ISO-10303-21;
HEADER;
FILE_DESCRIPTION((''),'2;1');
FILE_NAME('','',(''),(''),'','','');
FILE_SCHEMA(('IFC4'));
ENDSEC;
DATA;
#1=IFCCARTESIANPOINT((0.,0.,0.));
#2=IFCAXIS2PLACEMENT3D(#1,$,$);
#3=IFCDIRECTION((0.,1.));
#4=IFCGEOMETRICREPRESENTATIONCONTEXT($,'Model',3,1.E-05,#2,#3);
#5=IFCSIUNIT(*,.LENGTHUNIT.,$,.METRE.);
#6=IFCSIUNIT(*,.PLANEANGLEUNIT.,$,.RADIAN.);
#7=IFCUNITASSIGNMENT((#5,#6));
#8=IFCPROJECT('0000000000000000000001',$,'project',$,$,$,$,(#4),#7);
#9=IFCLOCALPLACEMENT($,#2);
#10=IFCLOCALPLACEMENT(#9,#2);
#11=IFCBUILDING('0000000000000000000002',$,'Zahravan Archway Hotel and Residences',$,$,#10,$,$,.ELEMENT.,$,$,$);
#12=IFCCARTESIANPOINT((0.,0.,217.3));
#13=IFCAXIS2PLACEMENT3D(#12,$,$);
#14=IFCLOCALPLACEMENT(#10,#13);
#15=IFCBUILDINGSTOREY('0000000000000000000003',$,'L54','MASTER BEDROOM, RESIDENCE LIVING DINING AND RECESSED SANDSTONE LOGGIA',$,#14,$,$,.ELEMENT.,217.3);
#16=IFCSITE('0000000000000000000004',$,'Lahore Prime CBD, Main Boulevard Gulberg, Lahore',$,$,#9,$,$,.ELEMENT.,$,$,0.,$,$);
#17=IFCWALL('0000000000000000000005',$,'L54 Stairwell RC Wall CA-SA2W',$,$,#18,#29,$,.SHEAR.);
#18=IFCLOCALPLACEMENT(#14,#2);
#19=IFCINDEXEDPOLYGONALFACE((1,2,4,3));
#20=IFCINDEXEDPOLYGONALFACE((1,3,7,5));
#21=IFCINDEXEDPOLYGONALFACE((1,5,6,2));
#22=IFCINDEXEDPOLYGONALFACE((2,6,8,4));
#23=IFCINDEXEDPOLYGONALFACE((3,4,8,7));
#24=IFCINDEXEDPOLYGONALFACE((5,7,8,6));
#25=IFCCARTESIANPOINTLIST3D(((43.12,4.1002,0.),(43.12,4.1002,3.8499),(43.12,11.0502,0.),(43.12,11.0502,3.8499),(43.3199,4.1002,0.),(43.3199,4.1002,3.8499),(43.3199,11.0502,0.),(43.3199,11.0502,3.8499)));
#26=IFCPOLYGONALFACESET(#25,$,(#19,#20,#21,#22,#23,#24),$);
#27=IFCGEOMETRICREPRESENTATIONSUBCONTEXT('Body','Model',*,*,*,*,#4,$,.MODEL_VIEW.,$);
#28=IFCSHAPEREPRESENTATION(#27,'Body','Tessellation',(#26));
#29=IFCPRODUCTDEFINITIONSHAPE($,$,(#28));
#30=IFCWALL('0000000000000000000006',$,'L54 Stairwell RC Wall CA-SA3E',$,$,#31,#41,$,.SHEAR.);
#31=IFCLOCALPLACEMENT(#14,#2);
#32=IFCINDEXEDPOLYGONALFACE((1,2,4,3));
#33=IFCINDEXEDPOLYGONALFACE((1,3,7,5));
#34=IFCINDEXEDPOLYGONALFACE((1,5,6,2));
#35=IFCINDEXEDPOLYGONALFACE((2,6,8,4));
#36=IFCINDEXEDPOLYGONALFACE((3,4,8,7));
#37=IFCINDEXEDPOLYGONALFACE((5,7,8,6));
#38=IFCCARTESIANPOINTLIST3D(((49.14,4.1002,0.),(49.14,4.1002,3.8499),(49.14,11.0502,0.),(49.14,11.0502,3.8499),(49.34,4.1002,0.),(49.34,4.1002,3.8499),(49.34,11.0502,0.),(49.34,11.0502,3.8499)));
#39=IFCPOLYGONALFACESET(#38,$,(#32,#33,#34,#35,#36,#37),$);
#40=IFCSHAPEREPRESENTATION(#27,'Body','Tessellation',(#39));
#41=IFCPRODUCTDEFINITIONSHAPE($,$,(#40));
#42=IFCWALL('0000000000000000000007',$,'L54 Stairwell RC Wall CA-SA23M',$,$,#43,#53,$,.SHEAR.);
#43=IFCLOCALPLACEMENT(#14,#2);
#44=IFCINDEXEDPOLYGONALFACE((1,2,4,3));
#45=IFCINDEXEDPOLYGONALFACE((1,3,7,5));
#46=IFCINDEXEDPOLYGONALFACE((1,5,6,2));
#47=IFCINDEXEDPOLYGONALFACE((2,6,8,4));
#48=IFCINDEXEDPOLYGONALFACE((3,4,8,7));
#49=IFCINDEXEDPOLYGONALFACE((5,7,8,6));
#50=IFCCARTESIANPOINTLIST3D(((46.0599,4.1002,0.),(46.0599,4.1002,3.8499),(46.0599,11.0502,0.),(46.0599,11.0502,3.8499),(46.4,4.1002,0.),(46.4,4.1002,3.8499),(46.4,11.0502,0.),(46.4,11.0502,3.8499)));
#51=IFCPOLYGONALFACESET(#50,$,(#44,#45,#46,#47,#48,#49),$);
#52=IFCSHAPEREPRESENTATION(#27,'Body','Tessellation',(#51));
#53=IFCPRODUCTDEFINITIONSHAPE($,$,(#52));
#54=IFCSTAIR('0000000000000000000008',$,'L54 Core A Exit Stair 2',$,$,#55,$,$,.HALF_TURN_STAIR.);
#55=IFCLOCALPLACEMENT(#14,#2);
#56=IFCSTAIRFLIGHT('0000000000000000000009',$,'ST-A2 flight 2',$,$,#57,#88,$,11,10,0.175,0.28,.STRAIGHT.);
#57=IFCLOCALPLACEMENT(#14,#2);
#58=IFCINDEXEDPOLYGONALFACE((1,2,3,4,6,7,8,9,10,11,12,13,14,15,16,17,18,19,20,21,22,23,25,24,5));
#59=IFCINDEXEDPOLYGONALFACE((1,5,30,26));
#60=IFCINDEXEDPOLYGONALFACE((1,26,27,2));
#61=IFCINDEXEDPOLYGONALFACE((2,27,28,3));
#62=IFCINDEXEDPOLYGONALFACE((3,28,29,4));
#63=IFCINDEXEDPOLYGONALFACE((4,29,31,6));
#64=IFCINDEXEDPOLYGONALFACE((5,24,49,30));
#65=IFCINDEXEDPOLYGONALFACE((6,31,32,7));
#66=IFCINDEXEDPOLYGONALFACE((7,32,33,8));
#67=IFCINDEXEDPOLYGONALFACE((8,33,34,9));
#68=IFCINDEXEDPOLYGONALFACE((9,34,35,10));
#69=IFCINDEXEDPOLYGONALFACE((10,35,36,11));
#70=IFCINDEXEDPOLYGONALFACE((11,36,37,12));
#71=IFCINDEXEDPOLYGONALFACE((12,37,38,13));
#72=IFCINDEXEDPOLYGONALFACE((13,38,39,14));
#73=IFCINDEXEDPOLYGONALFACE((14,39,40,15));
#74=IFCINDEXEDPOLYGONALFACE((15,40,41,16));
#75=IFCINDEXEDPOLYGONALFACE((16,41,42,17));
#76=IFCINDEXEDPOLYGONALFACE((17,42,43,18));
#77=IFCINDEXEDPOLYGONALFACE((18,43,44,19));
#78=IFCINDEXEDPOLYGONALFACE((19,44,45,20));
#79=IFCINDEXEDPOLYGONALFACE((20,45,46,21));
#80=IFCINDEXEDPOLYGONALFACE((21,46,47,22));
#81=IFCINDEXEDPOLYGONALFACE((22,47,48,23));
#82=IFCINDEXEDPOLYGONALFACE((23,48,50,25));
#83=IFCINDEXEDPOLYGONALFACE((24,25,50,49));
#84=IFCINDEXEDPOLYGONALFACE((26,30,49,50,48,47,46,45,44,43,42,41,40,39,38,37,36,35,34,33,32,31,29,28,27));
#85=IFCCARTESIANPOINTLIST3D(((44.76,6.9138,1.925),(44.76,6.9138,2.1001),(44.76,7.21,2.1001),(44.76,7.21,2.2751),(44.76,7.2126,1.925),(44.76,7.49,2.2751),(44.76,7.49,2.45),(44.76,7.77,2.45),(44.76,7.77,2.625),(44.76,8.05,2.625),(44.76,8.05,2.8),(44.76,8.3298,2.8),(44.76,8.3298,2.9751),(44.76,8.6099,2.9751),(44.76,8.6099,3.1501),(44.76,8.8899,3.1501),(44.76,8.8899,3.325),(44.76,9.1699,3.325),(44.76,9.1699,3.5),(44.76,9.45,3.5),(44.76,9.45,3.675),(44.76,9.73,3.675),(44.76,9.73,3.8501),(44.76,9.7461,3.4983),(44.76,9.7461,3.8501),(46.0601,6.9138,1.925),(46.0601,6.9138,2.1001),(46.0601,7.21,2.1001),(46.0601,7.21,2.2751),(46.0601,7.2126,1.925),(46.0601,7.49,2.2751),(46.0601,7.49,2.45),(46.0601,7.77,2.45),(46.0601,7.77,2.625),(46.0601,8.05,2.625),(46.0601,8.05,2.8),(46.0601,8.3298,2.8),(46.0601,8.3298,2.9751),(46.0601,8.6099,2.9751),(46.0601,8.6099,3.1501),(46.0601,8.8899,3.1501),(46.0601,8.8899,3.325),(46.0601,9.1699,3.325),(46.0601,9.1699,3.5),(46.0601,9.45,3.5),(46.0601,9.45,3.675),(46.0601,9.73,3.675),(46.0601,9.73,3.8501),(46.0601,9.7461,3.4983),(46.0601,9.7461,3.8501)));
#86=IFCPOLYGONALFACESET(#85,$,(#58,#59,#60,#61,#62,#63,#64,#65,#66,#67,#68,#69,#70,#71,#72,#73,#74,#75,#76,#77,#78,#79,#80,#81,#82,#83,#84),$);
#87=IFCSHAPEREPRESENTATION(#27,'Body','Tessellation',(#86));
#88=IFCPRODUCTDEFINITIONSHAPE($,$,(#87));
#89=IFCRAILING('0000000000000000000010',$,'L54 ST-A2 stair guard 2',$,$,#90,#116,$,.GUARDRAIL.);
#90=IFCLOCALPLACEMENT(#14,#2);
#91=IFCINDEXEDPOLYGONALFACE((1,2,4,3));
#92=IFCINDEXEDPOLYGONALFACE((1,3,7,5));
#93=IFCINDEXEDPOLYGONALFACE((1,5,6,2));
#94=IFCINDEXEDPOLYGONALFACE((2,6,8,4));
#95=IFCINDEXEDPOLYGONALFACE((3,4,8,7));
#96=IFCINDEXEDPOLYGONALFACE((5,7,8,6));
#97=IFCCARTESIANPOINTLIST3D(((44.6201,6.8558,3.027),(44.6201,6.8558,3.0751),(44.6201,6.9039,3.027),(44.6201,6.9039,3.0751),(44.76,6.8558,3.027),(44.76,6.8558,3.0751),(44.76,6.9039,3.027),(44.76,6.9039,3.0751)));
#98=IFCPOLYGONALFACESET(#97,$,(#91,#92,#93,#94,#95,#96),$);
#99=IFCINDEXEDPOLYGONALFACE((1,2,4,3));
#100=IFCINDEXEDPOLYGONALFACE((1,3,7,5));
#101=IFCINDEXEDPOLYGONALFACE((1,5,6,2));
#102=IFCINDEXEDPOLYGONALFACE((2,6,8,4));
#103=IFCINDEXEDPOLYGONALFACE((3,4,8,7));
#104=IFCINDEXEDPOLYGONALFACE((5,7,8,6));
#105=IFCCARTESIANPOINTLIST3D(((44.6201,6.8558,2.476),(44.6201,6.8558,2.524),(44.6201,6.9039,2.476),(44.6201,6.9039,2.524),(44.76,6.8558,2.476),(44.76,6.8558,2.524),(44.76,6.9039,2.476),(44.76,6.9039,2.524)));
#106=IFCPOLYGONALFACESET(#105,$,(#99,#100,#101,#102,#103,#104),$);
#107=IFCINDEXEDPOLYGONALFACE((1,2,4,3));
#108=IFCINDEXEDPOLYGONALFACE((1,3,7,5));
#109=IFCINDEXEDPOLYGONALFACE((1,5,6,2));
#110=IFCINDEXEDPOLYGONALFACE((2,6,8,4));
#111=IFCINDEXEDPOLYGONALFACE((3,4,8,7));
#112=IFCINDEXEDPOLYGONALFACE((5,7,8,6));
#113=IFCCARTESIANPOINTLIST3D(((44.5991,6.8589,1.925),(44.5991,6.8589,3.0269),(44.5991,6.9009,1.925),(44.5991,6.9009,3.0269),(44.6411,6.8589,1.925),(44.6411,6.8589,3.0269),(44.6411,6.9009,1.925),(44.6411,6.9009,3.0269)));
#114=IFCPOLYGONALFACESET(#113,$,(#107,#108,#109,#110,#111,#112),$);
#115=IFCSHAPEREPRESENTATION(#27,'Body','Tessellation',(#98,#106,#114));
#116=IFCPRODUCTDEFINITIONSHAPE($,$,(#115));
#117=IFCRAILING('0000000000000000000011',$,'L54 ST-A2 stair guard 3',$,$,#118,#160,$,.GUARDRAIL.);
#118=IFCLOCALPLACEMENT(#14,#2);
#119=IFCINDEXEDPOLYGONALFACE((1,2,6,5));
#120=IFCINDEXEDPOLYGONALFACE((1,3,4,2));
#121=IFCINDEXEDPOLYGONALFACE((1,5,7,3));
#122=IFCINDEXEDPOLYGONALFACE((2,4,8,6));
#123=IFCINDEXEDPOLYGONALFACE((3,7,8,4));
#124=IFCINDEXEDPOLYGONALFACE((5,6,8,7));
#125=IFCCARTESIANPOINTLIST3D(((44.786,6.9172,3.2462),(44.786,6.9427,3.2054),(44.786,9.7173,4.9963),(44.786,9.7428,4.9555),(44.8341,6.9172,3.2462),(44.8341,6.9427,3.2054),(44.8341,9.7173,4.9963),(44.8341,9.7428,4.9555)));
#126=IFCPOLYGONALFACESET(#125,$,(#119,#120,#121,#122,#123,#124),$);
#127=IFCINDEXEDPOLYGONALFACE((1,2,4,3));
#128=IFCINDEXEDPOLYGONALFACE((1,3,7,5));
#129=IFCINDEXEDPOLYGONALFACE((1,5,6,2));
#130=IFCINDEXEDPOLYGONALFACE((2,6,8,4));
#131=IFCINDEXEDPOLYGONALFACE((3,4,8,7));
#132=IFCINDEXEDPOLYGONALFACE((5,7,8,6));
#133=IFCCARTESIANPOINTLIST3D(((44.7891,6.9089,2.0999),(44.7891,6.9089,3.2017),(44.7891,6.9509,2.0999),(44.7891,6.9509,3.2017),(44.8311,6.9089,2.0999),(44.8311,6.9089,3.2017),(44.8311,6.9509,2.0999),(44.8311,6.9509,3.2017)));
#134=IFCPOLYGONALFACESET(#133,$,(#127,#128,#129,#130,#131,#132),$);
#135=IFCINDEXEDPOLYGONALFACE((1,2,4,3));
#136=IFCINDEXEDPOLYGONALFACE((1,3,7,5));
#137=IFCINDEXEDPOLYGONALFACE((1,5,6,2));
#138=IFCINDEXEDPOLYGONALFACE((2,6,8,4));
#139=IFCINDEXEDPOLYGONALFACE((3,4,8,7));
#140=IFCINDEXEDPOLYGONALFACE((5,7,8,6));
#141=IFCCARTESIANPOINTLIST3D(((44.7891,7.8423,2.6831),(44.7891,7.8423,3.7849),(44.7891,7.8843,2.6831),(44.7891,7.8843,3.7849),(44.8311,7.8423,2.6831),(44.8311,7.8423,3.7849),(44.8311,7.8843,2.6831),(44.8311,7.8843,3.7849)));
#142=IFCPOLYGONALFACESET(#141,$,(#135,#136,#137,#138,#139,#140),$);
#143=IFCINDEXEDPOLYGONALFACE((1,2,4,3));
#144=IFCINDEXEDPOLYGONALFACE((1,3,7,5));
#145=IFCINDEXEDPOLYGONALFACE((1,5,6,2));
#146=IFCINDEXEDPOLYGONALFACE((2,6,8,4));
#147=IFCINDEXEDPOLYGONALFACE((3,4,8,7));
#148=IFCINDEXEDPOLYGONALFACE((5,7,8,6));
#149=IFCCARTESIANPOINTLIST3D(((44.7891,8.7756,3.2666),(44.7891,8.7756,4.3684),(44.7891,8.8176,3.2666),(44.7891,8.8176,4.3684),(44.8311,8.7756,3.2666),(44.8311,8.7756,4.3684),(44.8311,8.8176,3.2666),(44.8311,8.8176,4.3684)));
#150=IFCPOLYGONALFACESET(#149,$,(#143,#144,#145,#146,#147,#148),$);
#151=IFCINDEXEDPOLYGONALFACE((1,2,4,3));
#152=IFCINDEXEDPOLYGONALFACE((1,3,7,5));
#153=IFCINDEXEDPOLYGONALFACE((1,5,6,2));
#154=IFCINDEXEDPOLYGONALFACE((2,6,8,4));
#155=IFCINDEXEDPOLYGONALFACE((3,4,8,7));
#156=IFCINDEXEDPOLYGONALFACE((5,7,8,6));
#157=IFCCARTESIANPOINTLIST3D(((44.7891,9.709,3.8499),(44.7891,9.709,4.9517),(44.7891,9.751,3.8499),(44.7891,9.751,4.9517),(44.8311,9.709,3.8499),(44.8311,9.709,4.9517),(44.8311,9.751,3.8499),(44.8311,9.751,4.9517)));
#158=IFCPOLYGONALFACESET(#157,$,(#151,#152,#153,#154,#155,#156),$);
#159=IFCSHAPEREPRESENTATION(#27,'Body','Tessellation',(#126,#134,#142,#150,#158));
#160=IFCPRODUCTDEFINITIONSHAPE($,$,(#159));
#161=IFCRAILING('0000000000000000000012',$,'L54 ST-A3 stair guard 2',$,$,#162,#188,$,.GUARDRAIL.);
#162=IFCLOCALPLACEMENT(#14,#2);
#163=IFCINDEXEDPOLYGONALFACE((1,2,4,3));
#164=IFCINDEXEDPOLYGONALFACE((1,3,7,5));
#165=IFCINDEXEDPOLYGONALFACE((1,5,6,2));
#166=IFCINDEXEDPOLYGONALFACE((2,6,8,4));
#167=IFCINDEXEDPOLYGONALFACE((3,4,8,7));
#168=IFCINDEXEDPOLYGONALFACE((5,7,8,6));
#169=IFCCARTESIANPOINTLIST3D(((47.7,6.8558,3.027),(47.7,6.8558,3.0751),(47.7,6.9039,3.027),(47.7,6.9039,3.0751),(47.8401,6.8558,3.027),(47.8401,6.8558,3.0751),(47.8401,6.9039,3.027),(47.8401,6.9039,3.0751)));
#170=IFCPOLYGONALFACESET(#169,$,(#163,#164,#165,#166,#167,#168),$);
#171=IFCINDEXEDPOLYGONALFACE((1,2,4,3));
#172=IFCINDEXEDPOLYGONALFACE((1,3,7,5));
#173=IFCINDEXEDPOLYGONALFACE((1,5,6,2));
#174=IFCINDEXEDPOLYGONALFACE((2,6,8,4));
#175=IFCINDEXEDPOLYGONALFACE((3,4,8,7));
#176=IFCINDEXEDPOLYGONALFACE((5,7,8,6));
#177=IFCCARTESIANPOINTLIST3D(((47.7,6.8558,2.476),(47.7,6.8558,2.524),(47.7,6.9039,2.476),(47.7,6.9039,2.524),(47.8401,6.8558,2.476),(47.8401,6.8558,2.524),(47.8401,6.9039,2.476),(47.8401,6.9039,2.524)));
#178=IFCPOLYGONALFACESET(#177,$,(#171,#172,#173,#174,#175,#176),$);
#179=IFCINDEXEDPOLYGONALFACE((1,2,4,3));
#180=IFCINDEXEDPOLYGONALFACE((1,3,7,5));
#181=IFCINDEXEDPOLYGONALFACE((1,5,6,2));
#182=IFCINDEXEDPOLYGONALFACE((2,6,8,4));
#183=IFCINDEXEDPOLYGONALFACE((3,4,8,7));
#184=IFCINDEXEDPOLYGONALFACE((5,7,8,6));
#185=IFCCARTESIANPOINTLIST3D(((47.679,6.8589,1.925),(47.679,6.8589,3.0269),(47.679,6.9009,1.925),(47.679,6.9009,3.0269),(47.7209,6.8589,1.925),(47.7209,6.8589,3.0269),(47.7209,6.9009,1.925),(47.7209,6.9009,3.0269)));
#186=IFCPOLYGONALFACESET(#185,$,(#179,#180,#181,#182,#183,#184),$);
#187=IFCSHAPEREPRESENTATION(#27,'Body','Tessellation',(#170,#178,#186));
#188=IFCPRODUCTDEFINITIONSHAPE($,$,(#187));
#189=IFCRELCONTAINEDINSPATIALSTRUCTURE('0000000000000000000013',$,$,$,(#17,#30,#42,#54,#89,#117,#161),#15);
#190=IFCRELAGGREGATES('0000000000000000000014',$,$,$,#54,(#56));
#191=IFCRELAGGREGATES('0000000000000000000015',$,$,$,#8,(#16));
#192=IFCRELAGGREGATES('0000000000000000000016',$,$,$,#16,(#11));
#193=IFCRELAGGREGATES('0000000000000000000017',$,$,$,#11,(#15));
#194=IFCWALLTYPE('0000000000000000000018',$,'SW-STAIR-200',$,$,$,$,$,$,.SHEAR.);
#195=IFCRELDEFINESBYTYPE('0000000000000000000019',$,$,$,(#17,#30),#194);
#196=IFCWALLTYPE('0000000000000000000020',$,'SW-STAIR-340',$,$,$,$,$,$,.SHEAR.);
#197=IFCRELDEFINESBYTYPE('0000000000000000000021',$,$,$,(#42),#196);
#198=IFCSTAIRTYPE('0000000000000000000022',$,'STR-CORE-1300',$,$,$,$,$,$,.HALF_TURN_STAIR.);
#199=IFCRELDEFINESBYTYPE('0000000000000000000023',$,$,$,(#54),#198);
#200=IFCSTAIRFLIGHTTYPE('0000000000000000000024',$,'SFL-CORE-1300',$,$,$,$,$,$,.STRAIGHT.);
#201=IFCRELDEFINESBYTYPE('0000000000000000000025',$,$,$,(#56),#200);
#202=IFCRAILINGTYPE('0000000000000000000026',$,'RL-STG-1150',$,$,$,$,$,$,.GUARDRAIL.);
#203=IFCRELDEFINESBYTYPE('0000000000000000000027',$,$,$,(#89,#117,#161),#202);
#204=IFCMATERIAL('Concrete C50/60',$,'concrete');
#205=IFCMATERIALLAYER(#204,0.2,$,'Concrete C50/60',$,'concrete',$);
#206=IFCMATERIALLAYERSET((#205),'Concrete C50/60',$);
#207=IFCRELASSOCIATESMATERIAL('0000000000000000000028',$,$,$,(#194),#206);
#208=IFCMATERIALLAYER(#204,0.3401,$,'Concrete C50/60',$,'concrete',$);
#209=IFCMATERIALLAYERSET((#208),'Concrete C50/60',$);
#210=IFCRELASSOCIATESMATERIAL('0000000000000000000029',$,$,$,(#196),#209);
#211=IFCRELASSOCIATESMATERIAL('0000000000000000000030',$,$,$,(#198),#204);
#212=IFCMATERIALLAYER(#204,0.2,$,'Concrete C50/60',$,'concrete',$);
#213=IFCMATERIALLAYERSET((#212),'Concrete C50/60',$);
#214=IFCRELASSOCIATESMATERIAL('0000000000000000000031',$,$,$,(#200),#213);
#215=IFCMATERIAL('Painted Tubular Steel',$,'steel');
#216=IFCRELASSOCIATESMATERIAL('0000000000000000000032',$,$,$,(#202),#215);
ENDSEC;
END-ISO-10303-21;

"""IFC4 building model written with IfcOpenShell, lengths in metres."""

from ifc_helpers import new_model, si_unit, direction, frame, frame_2d, origin, origin_2d, place, context, subcontext, project, spatial, polyline, rectangle, outline, extrude, source, transform, mapped, material, layer, layer_set, type_object, element, aggregate, save


model = new_model("IFC4")

# Units and contexts
model_context = context("Model", 3, precision=1e-05, world=origin(), true_north=direction((0.0, 1.0)))
body_context = subcontext(model_context, "Body", "Model", "MODEL_VIEW")
ifc_project = project(units=[si_unit("LENGTHUNIT", "METRE"), si_unit("PLANEANGLEUNIT", "RADIAN")], contexts=[model_context])

# Site, building, storey
site_placement = place(None, origin())
site = spatial("IfcSite", under=ifc_project, at=site_placement, Name="Lahore Prime CBD, Main Boulevard Gulberg, Lahore", CompositionType="ELEMENT", RefElevation=0.0)
building_placement = place(site_placement, origin())
building = spatial("IfcBuilding", under=site, at=building_placement, Name="Zahravan Archway Hotel and Residences", CompositionType="ELEMENT")
storey_placement = place(building_placement, frame((0.0, 0.0, 217.3)))
storey = spatial("IfcBuildingStorey", under=building, at=storey_placement, Name="L54", Description="MASTER BEDROOM, RESIDENCE LIVING DINING AND RECESSED SANDSTONE LOGGIA", CompositionType="ELEMENT", Elevation=217.3)

# Walls
ifc_material_1 = material(Name="Concrete C50/60", Category="concrete")
ifc_layer_1 = layer(ifc_material_1, 0.2, Name="Concrete C50/60", Category="concrete")
ifc_layer_set_1 = layer_set([ifc_layer_1], Name="Concrete C50/60")
wall_type_1 = type_object("IfcWallType", Name="SW-STAIR-200", PredefinedType="SHEAR", material=ifc_layer_set_1)
for number, where, z_axis, x_axis, name in (
    (1, (43.22, 4.1001, 0.0), (0.0, 0.0, 1.0), (0.0, 1.0, 0.0), "L54 Stairwell RC Wall CA-SA2W"),
    (2, (49.24, 4.1001, 0.0), (0.0, 0.0, 1.0), (0.0, 1.0, 0.0), "L54 Stairwell RC Wall CA-SA3E"),
):
    element("IfcWall", number, at=place(storey_placement, frame(where, z_axis=z_axis, x_axis=x_axis)), inside=storey, type_object=wall_type_1, Name=name, PredefinedType="SHEAR", context=body_context, shape_type="SweptSolid", body=[
        extrude(rectangle(XDim=6.95, YDim=0.2, at=frame_2d((3.4751, 0.0))), origin(), (0.0, 0.0, 1.0), 3.8499),
    ])
ifc_layer_2 = layer(ifc_material_1, 0.3401, Name="Concrete C50/60", Category="concrete")
ifc_layer_set_2 = layer_set([ifc_layer_2], Name="Concrete C50/60")
wall_type_2 = type_object("IfcWallType", Name="SW-STAIR-340", PredefinedType="SHEAR", material=ifc_layer_set_2)
wall_1_placement = place(storey_placement, frame((46.23, 4.1001, 0.0), z_axis=(0.0, 0.0, 1.0), x_axis=(0.0, 1.0, 0.0)))
element("IfcWall", 3, at=wall_1_placement, inside=storey, type_object=wall_type_2, Name="L54 Stairwell RC Wall CA-SA23M", PredefinedType="SHEAR", context=body_context, shape_type="SweptSolid", body=[
    extrude(rectangle(XDim=6.95, YDim=0.3401, at=frame_2d((3.4751, 0.0))), origin(), (0.0, 0.0, 1.0), 3.8499),
])

# Stair, stair flight
stair_type = type_object("IfcStairType", Name="STR-CORE-1300", PredefinedType="HALF_TURN_STAIR", material=ifc_material_1)
stair_placement = place(storey_placement, origin())
stair = element("IfcStair", 4, at=stair_placement, inside=storey, type_object=stair_type, Name="L54 Core A Exit Stair 2", PredefinedType="HALF_TURN_STAIR")
ifc_layer_3 = layer(ifc_material_1, 0.2, Name="Concrete C50/60", Category="concrete")
ifc_layer_set_3 = layer_set([ifc_layer_3], Name="Concrete C50/60")
stair_flight_type = type_object("IfcStairFlightType", Name="SFL-CORE-1300", PredefinedType="STRAIGHT", material=ifc_layer_set_3)
shared_shape_1 = source(origin(), body_context, "Body", "SweptSolid", [
    extrude(outline(polyline([(-0.0161, 0.0), (-0.0161, 0.175), (0.28, 0.175), (0.28, 0.3501), (0.5601, 0.3501), (0.5601, 0.5249), (0.8401, 0.5249), (0.8401, 0.7), (1.1201, 0.7), (1.1201, 0.875), (1.3999, 0.875), (1.3999, 1.05), (1.6799, 1.05), (1.6799, 1.2251), (1.96, 1.2251), (1.96, 1.3999), (2.24, 1.3999), (2.24, 1.575), (2.52, 1.575), (2.52, 1.75), (2.8, 1.75), (2.8, 1.925), (2.8162, 1.925), (2.8162, 1.5732), (0.2827, 0.0), (-0.0161, 0.0)])), frame((0.0, 0.6499, 0.0), z_axis=(0.0, -1.0, 0.0), x_axis=(1.0, 0.0, 0.0)), (0.0, 0.0, 1.0), 1.3),
])
stair_flight_placement = place(storey_placement, frame((45.4099, 6.9299, 1.925), z_axis=(0.0, 0.0, 1.0), x_axis=(0.0, 1.0, 0.0)))
stair_flight = element("IfcStairFlight", 5, at=stair_flight_placement, type_object=stair_flight_type, Name="ST-A2 flight 2", NumberOfRisers=11, NumberOfTreads=10, PredefinedType="STRAIGHT", RiserHeight=0.175, TreadLength=0.28, context=body_context, shape_type="MappedRepresentation", body=[
    mapped(shared_shape_1, transform((0.0, 0.0, 0.0), scale=1.0)),
])
aggregate(stair, [stair_flight])

# Railings
ifc_material_2 = material(Name="Painted Tubular Steel", Category="steel")
railing_type_1 = type_object("IfcRailingType", Name="RL-STG-1150", PredefinedType="GUARDRAIL", material=ifc_material_2)
railing_1_placement = place(storey_placement, frame((44.6201, 6.8799, 1.925)))
element("IfcRailing", 6, at=railing_1_placement, inside=storey, type_object=railing_type_1, Name="L54 ST-A2 stair guard 2", PredefinedType="GUARDRAIL", context=body_context, shape_type="SweptSolid", body=[
    extrude(rectangle(XDim=0.0481, YDim=0.0481, at=origin_2d()), frame((0.0, 0.0, 1.126), z_axis=(1.0, 0.0, 0.0), x_axis=(0.0, 1.0, 0.0)), (0.0, 0.0, 1.0), 0.1399),
    extrude(rectangle(XDim=0.0481, YDim=0.0481, at=origin_2d()), frame((0.0, 0.0, 0.575), z_axis=(1.0, 0.0, 0.0), x_axis=(0.0, 1.0, 0.0)), (0.0, 0.0, 1.0), 0.1399),
    extrude(rectangle(XDim=0.042, YDim=0.042, at=origin_2d()), origin(), (0.0, 0.0, 1.0), 1.1018),
])
railing_2_placement = place(storey_placement, frame((44.8101, 6.9299, 2.0999)))
element("IfcRailing", 7, at=railing_2_placement, inside=storey, type_object=railing_type_1, Name="L54 ST-A2 stair guard 3", PredefinedType="GUARDRAIL", context=body_context, shape_type="SweptSolid", body=[
    extrude(rectangle(XDim=0.0481, YDim=0.0481, at=origin_2d()), frame((0.0, 0.0, 1.126), z_axis=(0.0, 0.848002, 0.529992), x_axis=(-1.0, 0.0, 0.0)), (0.0, 0.0, 1.0), 3.302),
    extrude(rectangle(XDim=0.042, YDim=0.042, at=origin_2d()), origin(), (0.0, 0.0, 1.0), 1.1018),
    extrude(rectangle(XDim=0.042, YDim=0.042, at=origin_2d()), frame((0.0, 0.9333, 0.5833)), (0.0, 0.0, 1.0), 1.1018),
    extrude(rectangle(XDim=0.042, YDim=0.042, at=origin_2d()), frame((0.0, 1.8667, 1.1667)), (0.0, 0.0, 1.0), 1.1018),
    extrude(rectangle(XDim=0.042, YDim=0.042, at=origin_2d()), frame((0.0, 2.8, 1.75)), (0.0, 0.0, 1.0), 1.1018),
])
railing_3_placement = place(storey_placement, frame((47.7, 6.8799, 1.925)))
element("IfcRailing", 8, at=railing_3_placement, inside=storey, type_object=railing_type_1, Name="L54 ST-A3 stair guard 2", PredefinedType="GUARDRAIL", context=body_context, shape_type="SweptSolid", body=[
    extrude(rectangle(XDim=0.0481, YDim=0.0481, at=origin_2d()), frame((0.0, 0.0, 1.126), z_axis=(1.0, 0.0, 0.0), x_axis=(0.0, 1.0, 0.0)), (0.0, 0.0, 1.0), 0.1401),
    extrude(rectangle(XDim=0.0481, YDim=0.0481, at=origin_2d()), frame((0.0, 0.0, 0.575), z_axis=(1.0, 0.0, 0.0), x_axis=(0.0, 1.0, 0.0)), (0.0, 0.0, 1.0), 0.1401),
    extrude(rectangle(XDim=0.042, YDim=0.042, at=origin_2d()), origin(), (0.0, 0.0, 1.0), 1.1018),
])

save(model, "model.ifc")
